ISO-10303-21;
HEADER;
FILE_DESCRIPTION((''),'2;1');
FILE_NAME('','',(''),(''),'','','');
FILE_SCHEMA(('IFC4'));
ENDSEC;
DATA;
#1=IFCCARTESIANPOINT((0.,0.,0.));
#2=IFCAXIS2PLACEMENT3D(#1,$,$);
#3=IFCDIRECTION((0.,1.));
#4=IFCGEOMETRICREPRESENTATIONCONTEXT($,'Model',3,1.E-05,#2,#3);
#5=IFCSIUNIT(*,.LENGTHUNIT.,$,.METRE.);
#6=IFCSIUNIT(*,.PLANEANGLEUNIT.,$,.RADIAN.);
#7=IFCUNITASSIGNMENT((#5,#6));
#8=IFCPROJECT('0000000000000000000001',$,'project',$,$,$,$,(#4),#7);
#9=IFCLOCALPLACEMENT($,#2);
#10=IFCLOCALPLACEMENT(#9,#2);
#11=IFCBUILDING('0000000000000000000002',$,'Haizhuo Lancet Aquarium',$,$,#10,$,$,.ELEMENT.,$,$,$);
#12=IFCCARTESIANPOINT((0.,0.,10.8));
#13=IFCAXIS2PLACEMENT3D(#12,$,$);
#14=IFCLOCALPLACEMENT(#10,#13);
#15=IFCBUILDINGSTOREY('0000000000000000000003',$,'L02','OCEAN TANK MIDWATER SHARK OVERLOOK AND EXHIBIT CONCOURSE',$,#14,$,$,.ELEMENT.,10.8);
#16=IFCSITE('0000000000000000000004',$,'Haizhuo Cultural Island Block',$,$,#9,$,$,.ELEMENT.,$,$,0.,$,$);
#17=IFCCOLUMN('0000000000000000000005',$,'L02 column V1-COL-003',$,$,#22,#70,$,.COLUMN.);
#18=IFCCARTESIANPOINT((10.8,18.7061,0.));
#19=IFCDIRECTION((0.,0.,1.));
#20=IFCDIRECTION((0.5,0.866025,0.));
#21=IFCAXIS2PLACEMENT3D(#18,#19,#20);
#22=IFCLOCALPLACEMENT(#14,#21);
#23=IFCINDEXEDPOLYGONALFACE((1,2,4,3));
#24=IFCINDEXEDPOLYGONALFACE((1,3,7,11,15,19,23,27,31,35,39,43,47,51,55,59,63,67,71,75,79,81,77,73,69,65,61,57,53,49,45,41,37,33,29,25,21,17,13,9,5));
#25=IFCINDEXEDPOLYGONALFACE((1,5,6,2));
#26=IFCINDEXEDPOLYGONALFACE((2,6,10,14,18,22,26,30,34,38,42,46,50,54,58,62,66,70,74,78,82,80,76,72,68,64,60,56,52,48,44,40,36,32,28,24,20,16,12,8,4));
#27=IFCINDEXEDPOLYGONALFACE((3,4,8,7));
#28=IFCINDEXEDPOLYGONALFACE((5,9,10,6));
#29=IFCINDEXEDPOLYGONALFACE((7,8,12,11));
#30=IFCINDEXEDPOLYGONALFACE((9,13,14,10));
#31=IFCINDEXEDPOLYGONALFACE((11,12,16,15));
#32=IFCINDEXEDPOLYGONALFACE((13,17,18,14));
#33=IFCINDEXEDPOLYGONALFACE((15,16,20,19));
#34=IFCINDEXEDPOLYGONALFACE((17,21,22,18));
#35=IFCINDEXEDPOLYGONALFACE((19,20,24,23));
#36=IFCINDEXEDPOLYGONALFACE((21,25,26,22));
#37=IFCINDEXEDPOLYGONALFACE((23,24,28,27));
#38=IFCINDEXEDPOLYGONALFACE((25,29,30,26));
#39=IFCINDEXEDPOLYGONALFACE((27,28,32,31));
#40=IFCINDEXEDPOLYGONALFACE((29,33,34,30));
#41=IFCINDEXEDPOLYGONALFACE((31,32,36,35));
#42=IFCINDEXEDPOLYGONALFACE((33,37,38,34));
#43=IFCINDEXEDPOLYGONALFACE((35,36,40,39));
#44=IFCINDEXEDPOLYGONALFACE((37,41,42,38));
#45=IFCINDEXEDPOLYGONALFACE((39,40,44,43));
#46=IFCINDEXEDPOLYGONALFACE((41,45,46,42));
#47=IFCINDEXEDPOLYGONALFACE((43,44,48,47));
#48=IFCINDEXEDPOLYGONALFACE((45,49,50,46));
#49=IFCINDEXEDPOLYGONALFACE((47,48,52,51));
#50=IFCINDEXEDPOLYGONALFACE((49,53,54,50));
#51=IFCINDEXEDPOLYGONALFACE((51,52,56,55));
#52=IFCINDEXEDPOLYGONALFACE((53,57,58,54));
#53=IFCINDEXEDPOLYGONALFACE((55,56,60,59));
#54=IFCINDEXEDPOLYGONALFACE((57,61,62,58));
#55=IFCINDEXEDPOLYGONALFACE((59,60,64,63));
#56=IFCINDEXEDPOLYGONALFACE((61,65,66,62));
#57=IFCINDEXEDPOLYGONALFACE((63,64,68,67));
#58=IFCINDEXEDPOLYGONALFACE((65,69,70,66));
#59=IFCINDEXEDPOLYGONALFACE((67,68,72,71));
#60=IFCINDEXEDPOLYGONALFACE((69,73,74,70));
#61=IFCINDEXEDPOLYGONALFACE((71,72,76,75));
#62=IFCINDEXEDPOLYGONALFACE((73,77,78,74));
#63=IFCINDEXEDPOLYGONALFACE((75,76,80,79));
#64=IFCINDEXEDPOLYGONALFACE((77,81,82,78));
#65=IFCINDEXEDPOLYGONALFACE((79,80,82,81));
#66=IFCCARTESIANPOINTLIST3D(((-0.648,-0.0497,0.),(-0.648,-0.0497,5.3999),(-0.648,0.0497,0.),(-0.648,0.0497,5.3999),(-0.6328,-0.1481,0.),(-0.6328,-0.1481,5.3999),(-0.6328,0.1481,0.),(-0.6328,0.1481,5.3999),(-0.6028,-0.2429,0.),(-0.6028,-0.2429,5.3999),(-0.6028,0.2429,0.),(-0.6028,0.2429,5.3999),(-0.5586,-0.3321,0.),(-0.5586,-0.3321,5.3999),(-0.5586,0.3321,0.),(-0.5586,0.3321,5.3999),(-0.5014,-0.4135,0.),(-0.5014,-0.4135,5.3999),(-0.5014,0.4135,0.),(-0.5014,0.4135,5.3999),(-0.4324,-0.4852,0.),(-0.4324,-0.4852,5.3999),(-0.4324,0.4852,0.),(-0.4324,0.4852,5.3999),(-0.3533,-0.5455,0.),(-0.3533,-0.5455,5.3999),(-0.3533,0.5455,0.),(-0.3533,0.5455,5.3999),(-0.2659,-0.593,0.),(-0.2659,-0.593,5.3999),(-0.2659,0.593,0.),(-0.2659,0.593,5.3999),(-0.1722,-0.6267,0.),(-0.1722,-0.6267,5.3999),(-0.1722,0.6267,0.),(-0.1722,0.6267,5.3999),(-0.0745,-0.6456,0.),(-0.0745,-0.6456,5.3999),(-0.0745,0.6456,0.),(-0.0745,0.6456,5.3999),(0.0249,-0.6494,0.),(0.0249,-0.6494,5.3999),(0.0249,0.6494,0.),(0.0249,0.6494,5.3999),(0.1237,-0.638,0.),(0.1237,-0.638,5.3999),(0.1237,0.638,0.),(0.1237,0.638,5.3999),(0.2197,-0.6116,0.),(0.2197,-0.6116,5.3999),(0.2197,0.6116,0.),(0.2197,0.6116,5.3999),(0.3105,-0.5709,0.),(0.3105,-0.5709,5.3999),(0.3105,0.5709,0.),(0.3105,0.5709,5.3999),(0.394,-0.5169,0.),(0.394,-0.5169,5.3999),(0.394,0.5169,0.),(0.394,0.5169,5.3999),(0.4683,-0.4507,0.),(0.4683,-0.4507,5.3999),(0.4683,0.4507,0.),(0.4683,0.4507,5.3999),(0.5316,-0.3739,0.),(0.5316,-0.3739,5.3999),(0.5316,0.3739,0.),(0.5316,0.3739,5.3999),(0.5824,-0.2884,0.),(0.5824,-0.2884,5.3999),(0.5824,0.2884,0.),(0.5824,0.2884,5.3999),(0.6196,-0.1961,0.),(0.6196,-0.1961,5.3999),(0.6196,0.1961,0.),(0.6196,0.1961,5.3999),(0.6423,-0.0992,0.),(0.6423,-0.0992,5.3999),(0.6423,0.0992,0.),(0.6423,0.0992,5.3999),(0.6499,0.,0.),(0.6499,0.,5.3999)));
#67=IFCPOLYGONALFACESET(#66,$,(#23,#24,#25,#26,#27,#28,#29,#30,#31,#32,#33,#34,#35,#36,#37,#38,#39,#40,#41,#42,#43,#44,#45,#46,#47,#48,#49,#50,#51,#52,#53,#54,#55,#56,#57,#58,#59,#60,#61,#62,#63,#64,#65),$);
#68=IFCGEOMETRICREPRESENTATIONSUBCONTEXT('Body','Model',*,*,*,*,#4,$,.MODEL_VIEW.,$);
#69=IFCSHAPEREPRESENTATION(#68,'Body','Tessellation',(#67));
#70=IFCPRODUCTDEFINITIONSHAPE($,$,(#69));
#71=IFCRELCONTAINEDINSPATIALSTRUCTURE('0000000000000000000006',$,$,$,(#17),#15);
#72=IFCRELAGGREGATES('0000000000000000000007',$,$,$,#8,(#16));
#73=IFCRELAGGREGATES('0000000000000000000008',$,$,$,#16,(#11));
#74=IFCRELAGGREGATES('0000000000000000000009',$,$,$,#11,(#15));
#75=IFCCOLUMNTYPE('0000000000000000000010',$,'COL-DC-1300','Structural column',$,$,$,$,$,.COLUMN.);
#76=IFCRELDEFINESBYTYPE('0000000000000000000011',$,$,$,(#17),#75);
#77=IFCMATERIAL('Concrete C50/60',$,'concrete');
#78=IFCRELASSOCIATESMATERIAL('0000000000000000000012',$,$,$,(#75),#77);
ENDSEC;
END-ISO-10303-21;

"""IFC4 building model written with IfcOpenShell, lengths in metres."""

from ifc_helpers import new_model, si_unit, direction, frame, origin, origin_2d, place, context, subcontext, project, spatial, circle, extrude, material, material_profile, profile_set, type_object, element, save


model = new_model("IFC4")

# Units and contexts
model_context = context("Model", 3, precision=1e-05, world=origin(), true_north=direction((0.0, 1.0)))
body_context = subcontext(model_context, "Body", "Model", "MODEL_VIEW")
ifc_project = project(units=[si_unit("LENGTHUNIT", "METRE"), si_unit("PLANEANGLEUNIT", "RADIAN")], contexts=[model_context])

# Site, building, storey
site_placement = place(None, origin())
site = spatial("IfcSite", under=ifc_project, at=site_placement, Name="Haizhuo Cultural Island Block", CompositionType="ELEMENT", RefElevation=0.0)
building_placement = place(site_placement, origin())
building = spatial("IfcBuilding", under=site, at=building_placement, Name="Haizhuo Lancet Aquarium", CompositionType="ELEMENT")
storey_placement = place(building_placement, frame((0.0, 0.0, 10.8)))
storey = spatial("IfcBuildingStorey", under=building, at=storey_placement, Name="L02", Description="OCEAN TANK MIDWATER SHARK OVERLOOK AND EXHIBIT CONCOURSE", CompositionType="ELEMENT", Elevation=10.8)

# Column
ifc_material_1 = material(Name="Concrete C50/60", Category="concrete")
ifc_material_profile_1 = material_profile(ifc_material_1, circle(Radius=0.6499, at=origin_2d()), Name="RC-DC 1300")
ifc_profile_set_1 = profile_set([ifc_material_profile_1], Name="Concrete C50/60")
column_type_1 = type_object("IfcColumnType", Name="COL-DC-1300", Description="Structural column", PredefinedType="COLUMN", material=ifc_profile_set_1)
for number, where, z_axis, x_axis, name in (
    (1, (10.8, 18.7061, 0.0), (0.0, 0.0, 1.0), (0.5, 0.866025, 0.0), "L02 column V1-COL-003"),
):
    element("IfcColumn", number, at=place(storey_placement, frame(where, z_axis=z_axis, x_axis=x_axis)), inside=storey, type_object=column_type_1, Name=name, PredefinedType="COLUMN", context=body_context, shape_type="SweptSolid", body=[
        extrude(circle(Radius=0.6499, at=origin_2d()), origin(), (0.0, 0.0, 1.0), 5.3999),
    ])

save(model, "model.ifc")
